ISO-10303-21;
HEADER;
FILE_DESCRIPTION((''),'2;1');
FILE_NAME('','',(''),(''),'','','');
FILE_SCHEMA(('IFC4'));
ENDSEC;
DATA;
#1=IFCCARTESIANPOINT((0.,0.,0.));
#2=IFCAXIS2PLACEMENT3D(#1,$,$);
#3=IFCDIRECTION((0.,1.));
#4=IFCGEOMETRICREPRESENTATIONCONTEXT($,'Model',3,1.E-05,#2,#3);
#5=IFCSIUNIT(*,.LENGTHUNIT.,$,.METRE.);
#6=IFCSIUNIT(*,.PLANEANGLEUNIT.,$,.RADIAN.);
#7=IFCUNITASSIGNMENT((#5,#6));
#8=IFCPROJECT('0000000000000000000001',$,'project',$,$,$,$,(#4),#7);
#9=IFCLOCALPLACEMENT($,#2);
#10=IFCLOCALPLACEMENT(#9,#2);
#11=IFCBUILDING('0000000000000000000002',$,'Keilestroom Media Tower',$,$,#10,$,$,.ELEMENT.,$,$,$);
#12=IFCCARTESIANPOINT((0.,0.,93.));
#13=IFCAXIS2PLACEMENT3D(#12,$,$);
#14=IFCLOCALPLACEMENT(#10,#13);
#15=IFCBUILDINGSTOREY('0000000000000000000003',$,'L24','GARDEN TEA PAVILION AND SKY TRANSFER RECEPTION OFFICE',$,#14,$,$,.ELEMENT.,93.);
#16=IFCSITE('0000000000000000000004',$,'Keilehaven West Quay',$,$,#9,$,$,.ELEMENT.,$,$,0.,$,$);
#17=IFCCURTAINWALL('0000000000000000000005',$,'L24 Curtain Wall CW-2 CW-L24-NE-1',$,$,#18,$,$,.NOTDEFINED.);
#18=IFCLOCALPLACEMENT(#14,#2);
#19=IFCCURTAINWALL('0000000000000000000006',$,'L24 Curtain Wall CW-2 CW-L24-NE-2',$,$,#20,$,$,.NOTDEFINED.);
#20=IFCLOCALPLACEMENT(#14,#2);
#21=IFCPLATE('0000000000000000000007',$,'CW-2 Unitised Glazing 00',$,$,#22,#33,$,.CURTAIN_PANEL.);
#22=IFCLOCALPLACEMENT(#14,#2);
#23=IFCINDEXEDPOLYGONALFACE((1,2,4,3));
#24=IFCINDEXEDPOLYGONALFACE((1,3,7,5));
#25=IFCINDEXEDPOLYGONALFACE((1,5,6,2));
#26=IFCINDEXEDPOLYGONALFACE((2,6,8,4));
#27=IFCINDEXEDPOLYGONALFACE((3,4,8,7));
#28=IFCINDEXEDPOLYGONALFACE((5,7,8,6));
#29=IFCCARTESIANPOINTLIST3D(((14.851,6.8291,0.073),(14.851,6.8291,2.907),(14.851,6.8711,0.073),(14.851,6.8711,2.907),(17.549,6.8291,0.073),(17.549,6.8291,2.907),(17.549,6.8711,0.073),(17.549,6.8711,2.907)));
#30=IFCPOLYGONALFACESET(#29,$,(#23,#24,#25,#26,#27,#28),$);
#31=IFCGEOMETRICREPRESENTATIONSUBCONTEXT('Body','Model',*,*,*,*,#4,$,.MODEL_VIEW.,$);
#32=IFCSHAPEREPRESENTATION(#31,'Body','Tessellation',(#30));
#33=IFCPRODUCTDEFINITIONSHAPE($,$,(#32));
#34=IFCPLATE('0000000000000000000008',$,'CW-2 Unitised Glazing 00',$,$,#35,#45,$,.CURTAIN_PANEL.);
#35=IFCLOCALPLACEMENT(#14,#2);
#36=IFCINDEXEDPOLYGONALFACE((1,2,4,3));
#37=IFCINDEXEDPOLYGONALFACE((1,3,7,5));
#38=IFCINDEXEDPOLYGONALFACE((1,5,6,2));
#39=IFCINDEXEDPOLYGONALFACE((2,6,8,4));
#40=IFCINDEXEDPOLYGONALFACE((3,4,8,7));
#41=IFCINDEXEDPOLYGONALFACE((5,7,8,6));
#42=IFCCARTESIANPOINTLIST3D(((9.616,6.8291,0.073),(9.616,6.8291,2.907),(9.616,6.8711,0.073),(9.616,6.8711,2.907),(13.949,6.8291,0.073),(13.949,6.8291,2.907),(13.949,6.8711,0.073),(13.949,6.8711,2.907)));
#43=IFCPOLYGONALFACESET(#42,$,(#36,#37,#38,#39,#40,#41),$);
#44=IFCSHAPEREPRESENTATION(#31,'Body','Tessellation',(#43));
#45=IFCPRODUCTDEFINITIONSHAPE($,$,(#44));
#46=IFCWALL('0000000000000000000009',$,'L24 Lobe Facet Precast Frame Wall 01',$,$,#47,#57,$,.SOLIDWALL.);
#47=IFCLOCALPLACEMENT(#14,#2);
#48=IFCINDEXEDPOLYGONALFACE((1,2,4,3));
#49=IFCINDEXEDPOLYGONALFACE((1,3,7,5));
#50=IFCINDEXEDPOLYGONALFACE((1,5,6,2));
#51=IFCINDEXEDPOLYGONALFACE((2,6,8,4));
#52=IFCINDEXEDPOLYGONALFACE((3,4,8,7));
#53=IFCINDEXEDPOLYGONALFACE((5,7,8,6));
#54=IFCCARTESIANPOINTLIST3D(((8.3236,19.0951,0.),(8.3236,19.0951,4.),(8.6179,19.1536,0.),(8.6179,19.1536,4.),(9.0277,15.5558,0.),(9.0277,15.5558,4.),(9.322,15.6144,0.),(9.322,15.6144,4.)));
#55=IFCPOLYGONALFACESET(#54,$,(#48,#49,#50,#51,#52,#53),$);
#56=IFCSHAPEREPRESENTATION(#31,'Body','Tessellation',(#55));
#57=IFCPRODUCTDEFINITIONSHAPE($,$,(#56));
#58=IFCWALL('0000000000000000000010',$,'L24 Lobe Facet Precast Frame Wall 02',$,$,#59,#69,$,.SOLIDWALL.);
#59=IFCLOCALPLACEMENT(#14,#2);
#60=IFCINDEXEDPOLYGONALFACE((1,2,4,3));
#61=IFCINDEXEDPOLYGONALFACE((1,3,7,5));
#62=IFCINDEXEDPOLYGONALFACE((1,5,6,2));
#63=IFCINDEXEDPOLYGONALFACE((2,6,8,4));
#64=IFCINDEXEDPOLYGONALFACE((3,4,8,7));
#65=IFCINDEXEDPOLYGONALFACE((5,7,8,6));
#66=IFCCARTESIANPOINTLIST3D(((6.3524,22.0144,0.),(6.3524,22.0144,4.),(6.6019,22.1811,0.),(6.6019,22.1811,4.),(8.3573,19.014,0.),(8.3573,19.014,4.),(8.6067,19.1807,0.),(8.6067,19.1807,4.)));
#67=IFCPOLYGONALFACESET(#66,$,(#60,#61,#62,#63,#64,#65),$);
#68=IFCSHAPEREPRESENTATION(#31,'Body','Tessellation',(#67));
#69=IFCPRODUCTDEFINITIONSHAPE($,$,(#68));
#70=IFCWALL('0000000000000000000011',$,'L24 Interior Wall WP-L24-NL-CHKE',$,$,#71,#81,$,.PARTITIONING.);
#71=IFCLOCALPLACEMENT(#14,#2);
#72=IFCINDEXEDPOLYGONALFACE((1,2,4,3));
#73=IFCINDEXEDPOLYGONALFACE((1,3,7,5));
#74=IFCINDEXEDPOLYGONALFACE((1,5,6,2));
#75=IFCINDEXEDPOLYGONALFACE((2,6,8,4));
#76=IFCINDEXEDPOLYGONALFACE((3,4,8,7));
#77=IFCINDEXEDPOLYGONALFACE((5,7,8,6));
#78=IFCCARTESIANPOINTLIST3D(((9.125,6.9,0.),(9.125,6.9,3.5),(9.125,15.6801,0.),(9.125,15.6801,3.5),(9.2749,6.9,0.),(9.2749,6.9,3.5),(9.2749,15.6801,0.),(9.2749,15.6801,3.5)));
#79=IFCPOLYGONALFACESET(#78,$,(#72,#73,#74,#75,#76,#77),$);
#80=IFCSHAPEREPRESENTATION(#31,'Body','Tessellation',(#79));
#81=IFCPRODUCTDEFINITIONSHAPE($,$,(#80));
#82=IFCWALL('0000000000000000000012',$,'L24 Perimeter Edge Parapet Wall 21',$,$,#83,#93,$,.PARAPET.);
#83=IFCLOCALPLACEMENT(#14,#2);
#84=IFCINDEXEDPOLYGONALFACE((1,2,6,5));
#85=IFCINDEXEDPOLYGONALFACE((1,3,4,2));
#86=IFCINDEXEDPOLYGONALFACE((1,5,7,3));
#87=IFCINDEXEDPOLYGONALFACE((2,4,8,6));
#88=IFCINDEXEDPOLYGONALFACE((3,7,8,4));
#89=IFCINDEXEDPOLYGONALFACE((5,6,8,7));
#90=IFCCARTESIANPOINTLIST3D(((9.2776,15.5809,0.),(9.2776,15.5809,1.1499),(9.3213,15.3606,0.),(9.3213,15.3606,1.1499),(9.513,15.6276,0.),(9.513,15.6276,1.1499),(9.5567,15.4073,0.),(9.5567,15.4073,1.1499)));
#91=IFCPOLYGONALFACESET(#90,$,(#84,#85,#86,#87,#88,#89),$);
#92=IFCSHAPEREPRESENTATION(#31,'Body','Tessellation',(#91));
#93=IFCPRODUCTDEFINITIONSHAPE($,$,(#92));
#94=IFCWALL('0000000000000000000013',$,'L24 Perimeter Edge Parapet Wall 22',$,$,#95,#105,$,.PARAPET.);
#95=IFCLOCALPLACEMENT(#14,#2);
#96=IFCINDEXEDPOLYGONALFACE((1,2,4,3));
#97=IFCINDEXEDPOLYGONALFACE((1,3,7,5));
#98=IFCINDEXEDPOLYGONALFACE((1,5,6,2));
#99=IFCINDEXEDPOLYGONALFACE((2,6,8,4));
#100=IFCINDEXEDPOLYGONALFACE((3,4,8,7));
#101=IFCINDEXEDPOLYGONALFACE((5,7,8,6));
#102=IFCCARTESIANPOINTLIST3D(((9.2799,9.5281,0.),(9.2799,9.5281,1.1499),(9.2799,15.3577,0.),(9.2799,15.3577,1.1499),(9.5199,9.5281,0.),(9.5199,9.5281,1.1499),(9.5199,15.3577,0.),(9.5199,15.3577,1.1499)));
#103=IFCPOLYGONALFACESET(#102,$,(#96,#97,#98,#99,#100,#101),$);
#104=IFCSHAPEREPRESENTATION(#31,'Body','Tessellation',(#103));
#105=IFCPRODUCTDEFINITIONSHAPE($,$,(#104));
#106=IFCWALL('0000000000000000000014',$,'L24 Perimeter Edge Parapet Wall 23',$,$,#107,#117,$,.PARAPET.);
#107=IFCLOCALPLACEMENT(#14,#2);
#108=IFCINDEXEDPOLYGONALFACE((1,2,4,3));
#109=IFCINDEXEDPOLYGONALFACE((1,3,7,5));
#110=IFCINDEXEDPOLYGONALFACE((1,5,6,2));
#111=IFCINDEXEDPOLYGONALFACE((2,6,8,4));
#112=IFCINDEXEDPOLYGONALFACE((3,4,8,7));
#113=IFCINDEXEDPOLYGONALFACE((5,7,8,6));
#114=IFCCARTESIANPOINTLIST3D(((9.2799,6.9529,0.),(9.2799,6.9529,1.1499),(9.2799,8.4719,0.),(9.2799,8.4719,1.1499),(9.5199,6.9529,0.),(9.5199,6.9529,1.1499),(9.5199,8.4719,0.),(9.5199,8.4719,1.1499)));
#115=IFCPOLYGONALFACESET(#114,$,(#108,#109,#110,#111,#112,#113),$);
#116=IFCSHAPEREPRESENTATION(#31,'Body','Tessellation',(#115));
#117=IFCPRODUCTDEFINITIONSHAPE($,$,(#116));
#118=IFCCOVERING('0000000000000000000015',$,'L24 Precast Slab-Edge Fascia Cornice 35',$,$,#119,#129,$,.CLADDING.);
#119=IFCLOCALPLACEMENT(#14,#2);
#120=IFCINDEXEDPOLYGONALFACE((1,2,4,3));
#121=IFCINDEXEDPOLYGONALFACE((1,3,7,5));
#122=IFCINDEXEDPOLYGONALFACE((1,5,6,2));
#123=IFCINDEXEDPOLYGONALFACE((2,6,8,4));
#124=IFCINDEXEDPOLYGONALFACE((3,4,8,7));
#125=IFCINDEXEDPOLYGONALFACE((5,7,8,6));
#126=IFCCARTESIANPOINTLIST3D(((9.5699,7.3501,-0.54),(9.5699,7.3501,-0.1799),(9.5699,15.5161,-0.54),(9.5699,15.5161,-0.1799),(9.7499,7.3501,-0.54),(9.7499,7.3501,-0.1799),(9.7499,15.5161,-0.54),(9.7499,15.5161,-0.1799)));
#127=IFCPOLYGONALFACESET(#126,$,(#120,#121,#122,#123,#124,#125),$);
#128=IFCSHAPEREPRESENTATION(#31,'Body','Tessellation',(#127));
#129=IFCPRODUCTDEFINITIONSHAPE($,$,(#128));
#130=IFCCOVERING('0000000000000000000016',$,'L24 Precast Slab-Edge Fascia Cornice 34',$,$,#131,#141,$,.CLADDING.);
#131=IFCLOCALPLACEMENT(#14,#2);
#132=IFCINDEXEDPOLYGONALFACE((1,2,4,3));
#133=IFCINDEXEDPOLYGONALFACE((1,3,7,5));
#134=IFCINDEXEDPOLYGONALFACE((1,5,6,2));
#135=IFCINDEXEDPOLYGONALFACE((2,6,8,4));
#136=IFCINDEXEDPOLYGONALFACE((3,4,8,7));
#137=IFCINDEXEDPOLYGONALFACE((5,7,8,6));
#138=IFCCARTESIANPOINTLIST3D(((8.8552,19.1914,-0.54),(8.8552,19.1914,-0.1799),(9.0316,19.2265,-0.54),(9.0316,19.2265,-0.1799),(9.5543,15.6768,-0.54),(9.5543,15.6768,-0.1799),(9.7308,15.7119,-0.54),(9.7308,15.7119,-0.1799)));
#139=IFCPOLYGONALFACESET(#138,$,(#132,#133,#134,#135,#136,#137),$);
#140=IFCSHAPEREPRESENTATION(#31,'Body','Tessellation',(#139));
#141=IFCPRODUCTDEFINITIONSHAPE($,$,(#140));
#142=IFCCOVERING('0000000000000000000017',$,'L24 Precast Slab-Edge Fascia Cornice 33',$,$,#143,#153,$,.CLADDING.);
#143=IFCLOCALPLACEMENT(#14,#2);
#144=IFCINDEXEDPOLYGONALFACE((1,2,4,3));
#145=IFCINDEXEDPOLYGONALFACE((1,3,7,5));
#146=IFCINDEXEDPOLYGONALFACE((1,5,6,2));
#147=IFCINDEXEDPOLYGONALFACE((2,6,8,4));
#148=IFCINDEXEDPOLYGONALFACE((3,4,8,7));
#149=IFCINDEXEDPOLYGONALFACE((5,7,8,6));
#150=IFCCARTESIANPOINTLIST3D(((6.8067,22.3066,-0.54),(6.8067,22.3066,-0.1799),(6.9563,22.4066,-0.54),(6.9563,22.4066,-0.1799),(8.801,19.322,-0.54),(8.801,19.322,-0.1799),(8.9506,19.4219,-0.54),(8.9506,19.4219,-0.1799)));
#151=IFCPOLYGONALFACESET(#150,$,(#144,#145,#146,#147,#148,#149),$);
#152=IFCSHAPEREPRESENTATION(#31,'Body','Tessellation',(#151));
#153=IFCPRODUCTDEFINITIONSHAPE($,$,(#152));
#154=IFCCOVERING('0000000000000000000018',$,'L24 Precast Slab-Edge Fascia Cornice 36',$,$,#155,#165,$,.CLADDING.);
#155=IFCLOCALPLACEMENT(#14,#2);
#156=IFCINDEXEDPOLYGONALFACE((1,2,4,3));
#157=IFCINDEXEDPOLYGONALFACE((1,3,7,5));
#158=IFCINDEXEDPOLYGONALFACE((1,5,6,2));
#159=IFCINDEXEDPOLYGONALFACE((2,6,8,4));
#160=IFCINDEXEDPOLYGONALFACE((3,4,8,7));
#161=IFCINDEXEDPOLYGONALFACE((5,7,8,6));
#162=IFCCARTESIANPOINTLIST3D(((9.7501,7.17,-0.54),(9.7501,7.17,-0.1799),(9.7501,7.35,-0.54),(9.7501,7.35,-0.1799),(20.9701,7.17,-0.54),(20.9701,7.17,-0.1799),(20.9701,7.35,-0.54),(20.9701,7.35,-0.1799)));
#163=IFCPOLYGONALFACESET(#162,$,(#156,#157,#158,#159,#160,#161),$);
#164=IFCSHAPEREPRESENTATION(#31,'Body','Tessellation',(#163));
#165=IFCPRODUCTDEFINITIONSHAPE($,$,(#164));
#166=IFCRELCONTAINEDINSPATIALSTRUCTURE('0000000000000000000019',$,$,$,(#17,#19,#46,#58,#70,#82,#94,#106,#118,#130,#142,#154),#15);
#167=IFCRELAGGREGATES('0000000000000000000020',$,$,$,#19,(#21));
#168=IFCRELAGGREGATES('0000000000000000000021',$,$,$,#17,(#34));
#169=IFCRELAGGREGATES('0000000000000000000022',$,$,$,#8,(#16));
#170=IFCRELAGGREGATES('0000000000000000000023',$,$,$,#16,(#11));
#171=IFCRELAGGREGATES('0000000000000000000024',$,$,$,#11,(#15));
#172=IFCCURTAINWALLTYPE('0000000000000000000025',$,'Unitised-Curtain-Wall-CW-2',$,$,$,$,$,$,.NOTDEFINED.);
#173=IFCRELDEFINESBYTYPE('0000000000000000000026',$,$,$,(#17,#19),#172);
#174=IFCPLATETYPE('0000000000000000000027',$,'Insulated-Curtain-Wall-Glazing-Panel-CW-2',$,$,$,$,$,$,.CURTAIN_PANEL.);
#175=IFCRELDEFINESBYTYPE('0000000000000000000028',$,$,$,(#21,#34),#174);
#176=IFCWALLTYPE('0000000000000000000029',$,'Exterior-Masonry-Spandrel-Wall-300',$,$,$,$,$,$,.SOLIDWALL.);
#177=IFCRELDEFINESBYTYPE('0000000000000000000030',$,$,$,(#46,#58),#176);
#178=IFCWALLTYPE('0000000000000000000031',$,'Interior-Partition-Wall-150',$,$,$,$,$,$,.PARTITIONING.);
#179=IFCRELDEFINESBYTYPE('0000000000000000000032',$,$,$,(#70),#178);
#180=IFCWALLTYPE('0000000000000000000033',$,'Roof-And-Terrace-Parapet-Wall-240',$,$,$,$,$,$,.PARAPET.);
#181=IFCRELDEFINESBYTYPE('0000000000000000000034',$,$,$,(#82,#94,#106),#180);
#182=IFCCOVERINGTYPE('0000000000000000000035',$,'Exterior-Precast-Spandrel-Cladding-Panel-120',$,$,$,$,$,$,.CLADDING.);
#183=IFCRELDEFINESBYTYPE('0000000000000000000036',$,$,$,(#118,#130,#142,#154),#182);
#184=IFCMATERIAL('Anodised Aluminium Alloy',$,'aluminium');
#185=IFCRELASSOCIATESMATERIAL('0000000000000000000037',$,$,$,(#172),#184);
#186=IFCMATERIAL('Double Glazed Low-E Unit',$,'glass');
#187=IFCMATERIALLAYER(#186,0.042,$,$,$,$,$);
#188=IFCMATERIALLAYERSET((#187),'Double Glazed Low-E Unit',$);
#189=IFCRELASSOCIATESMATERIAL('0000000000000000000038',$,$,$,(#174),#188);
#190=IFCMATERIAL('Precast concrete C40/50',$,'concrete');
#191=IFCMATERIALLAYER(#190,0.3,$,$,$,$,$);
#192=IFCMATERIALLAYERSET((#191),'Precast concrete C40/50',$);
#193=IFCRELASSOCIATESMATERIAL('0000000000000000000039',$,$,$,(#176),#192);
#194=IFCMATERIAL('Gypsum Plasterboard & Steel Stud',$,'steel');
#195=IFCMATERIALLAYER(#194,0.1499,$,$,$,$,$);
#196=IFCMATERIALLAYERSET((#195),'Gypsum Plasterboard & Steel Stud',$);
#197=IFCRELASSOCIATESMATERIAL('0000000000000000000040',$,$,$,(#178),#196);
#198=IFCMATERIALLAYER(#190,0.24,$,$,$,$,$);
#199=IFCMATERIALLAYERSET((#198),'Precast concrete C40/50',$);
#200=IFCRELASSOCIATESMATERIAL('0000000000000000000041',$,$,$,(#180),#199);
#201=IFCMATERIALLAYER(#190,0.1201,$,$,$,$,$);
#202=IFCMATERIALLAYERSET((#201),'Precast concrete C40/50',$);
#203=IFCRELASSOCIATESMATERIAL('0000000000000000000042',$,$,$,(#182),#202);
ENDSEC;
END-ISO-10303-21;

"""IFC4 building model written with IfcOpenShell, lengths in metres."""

from ifc_helpers import new_model, si_unit, direction, frame, frame_2d, origin, origin_2d, place, context, subcontext, project, spatial, rectangle, extrude, source, transform, mapped, material, layer, layer_set, type_object, element, aggregate, save


model = new_model("IFC4")

# Units and contexts
model_context = context("Model", 3, precision=1e-05, world=origin(), true_north=direction((0.0, 1.0)))
body_context = subcontext(model_context, "Body", "Model", "MODEL_VIEW")
ifc_project = project(units=[si_unit("LENGTHUNIT", "METRE"), si_unit("PLANEANGLEUNIT", "RADIAN")], contexts=[model_context])

# Site, building, storey
site_placement = place(None, origin())
site = spatial("IfcSite", under=ifc_project, at=site_placement, Name="Keilehaven West Quay", CompositionType="ELEMENT", RefElevation=0.0)
building_placement = place(site_placement, origin())
building = spatial("IfcBuilding", under=site, at=building_placement, Name="Keilestroom Media Tower", CompositionType="ELEMENT")
storey_placement = place(building_placement, frame((0.0, 0.0, 93.0)))
storey = spatial("IfcBuildingStorey", under=building, at=storey_placement, Name="L24", Description="GARDEN TEA PAVILION AND SKY TRANSFER RECEPTION OFFICE", CompositionType="ELEMENT", Elevation=93.0)

# Shared definitions
ifc_material_1 = material(Name="Precast concrete C40/50", Category="concrete")

# Curtain wall
ifc_material_2 = material(Name="Anodised Aluminium Alloy", Category="aluminium")
curtain_wall_type = type_object("IfcCurtainWallType", Name="Unitised-Curtain-Wall-CW-2", PredefinedType="NOTDEFINED", material=ifc_material_2)
curtain_wall_1_placement = place(storey_placement, origin())
curtain_wall_1 = element("IfcCurtainWall", 1, at=curtain_wall_1_placement, inside=storey, type_object=curtain_wall_type, Name="L24 Curtain Wall CW-2 CW-L24-NE-1", PredefinedType="NOTDEFINED")

# Curtain wall
curtain_wall_2_placement = place(storey_placement, origin())
curtain_wall_2 = element("IfcCurtainWall", 2, at=curtain_wall_2_placement, inside=storey, type_object=curtain_wall_type, Name="L24 Curtain Wall CW-2 CW-L24-NE-2", PredefinedType="NOTDEFINED")

# Plates
ifc_material_3 = material(Name="Double Glazed Low-E Unit", Category="glass")
ifc_layer_1 = layer(ifc_material_3, 0.042)
ifc_layer_set_1 = layer_set([ifc_layer_1], Name="Double Glazed Low-E Unit")
plate_type = type_object("IfcPlateType", Name="Insulated-Curtain-Wall-Glazing-Panel-CW-2", PredefinedType="CURTAIN_PANEL", material=ifc_layer_set_1)
shared_shape_1 = source(origin(), body_context, "Body", "SweptSolid", [
    extrude(rectangle(XDim=2.698, YDim=0.042, at=origin_2d()), origin(), (0.0, 0.0, 1.0), 2.834),
])
plate_1_placement = place(storey_placement, frame((16.2, 6.8501, 0.073), z_axis=(0.0, 0.0, 1.0), x_axis=(1.0, 0.0, 0.0)))
plate_1 = element("IfcPlate", 3, at=plate_1_placement, type_object=plate_type, Name="CW-2 Unitised Glazing 00", PredefinedType="CURTAIN_PANEL", context=body_context, shape_type="MappedRepresentation", body=[
    mapped(shared_shape_1, transform((0.0, 0.0, 0.0), x_axis=(1.0, 0.0, 0.0), y_axis=(0.0, 1.0, 0.0), z_axis=(0.0, 0.0, 1.0), scale=1.0)),
])
aggregate(curtain_wall_2, [plate_1])
shared_shape_2 = source(origin(), body_context, "Body", "SweptSolid", [
    extrude(rectangle(XDim=4.333, YDim=0.042, at=origin_2d()), origin(), (0.0, 0.0, 1.0), 2.834),
])
plate_2_placement = place(storey_placement, frame((11.7825, 6.8501, 0.073), z_axis=(0.0, 0.0, 1.0), x_axis=(1.0, 0.0, 0.0)))
plate_2 = element("IfcPlate", 4, at=plate_2_placement, type_object=plate_type, Name="CW-2 Unitised Glazing 00", PredefinedType="CURTAIN_PANEL", context=body_context, shape_type="MappedRepresentation", body=[
    mapped(shared_shape_2, transform((0.0, 0.0, 0.0), x_axis=(1.0, 0.0, 0.0), y_axis=(0.0, 1.0, 0.0), z_axis=(0.0, 0.0, 1.0), scale=1.0)),
])
aggregate(curtain_wall_1, [plate_2])

# Walls
ifc_layer_2 = layer(ifc_material_1, 0.3)
ifc_layer_set_2 = layer_set([ifc_layer_2], Name="Precast concrete C40/50")
wall_type_1 = type_object("IfcWallType", Name="Exterior-Masonry-Spandrel-Wall-300", PredefinedType="SOLIDWALL", material=ifc_layer_set_2)
for number, where, z_axis, x_axis, name in (
    (5, (9.1748, 15.5852, 0.0), (0.0, 0.0, 1.0), (-0.195114, 0.980781, 0.0), "L24 Lobe Facet Precast Frame Wall 01"),
    (6, (8.4819, 19.0974, 0.0), (0.0, 0.0, 1.0), (-0.555574, 0.831467, 0.0), "L24 Lobe Facet Precast Frame Wall 02"),
):
    element("IfcWall", number, at=place(storey_placement, frame(where, z_axis=z_axis, x_axis=x_axis)), inside=storey, type_object=wall_type_1, Name=name, PredefinedType="SOLIDWALL", context=body_context, shape_type="SweptSolid", body=[
        extrude(rectangle(XDim=3.6086, YDim=0.3, at=frame_2d((1.8042, 0.0))), origin(), (0.0, 0.0, 1.0), 4.0),
    ])
ifc_material_4 = material(Name="Gypsum Plasterboard & Steel Stud", Category="steel")
ifc_layer_3 = layer(ifc_material_4, 0.1499)
ifc_layer_set_3 = layer_set([ifc_layer_3], Name="Gypsum Plasterboard & Steel Stud")
wall_type_2 = type_object("IfcWallType", Name="Interior-Partition-Wall-150", PredefinedType="PARTITIONING", material=ifc_layer_set_3)
wall_1_placement = place(storey_placement, frame((9.2, 6.8999, 0.0), z_axis=(0.0, 0.0, 1.0), x_axis=(0.0, 1.0, 0.0)))
element("IfcWall", 7, at=wall_1_placement, inside=storey, type_object=wall_type_2, Name="L24 Interior Wall WP-L24-NL-CHKE", PredefinedType="PARTITIONING", context=body_context, shape_type="SweptSolid", body=[
    extrude(rectangle(XDim=8.78, YDim=0.1499, at=frame_2d((4.3901, 0.0))), origin(), (0.0, 0.0, 1.0), 3.5),
])
ifc_layer_4 = layer(ifc_material_1, 0.24)
ifc_layer_set_4 = layer_set([ifc_layer_4], Name="Precast concrete C40/50")
wall_type_3 = type_object("IfcWallType", Name="Roof-And-Terrace-Parapet-Wall-240", PredefinedType="PARAPET", material=ifc_layer_set_4)
wall_2_placement = place(storey_placement, frame((9.3953, 15.6042, 0.0), z_axis=(0.0, 0.0, 1.0), x_axis=(0.194652, -0.980872, 0.0)))
element("IfcWall", 8, at=wall_2_placement, inside=storey, type_object=wall_type_3, Name="L24 Perimeter Edge Parapet Wall 21", PredefinedType="PARAPET", context=body_context, shape_type="SweptSolid", body=[
    extrude(rectangle(XDim=0.2246, YDim=0.24, at=frame_2d((0.1123, 0.0))), origin(), (0.0, 0.0, 1.0), 1.1499),
])
wall_3_placement = place(storey_placement, frame((9.3999, 15.3577, 0.0), z_axis=(0.0, 0.0, 1.0), x_axis=(0.0, -1.0, 0.0)))
element("IfcWall", 9, at=wall_3_placement, inside=storey, type_object=wall_type_3, Name="L24 Perimeter Edge Parapet Wall 22", PredefinedType="PARAPET", context=body_context, shape_type="SweptSolid", body=[
    extrude(rectangle(XDim=5.8296, YDim=0.24, at=frame_2d((2.9148, 0.0))), origin(), (0.0, 0.0, 1.0), 1.1499),
])
wall_4_placement = place(storey_placement, frame((9.3999, 8.4719, 0.0), z_axis=(0.0, 0.0, 1.0), x_axis=(0.0, -1.0, 0.0)))
element("IfcWall", 10, at=wall_4_placement, inside=storey, type_object=wall_type_3, Name="L24 Perimeter Edge Parapet Wall 23", PredefinedType="PARAPET", context=body_context, shape_type="SweptSolid", body=[
    extrude(rectangle(XDim=1.519, YDim=0.24, at=frame_2d((0.7595, 0.0))), origin(), (0.0, 0.0, 1.0), 1.1499),
])

# Coverings
ifc_layer_5 = layer(ifc_material_1, 0.1201)
ifc_layer_set_5 = layer_set([ifc_layer_5], Name="Precast concrete C40/50")
covering_type = type_object("IfcCoveringType", Name="Exterior-Precast-Spandrel-Cladding-Panel-120", PredefinedType="CLADDING", material=ifc_layer_set_5)
shared_shape_3 = source(origin(), body_context, "Body", "SweptSolid", [
    extrude(rectangle(XDim=8.166, YDim=0.1799, at=origin_2d()), origin(), (0.0, 0.0, 1.0), 0.3601),
])
covering_1_placement = place(storey_placement, frame((9.6599, 11.4331, -0.54), z_axis=(0.0, 0.0, 1.0), x_axis=(0.0, -1.0, 0.0)))
element("IfcCovering", 11, at=covering_1_placement, inside=storey, type_object=covering_type, Name="L24 Precast Slab-Edge Fascia Cornice 35", PredefinedType="CLADDING", context=body_context, shape_type="MappedRepresentation", body=[
    mapped(shared_shape_3, transform((0.0, 0.0, 0.0), x_axis=(1.0, 0.0, 0.0), y_axis=(0.0, 1.0, 0.0), z_axis=(0.0, 0.0, 1.0), scale=1.0)),
])
shared_shape_4 = source(origin(), body_context, "Body", "SweptSolid", [
    extrude(rectangle(XDim=3.5835, YDim=0.1799, at=origin_2d()), origin(), (0.0, 0.0, 1.0), 0.3601),
])
covering_2_placement = place(storey_placement, frame((9.293, 17.4517, -0.54), z_axis=(0.0, 0.0, 1.0), x_axis=(0.195099, -0.980784, 0.0)))
element("IfcCovering", 12, at=covering_2_placement, inside=storey, type_object=covering_type, Name="L24 Precast Slab-Edge Fascia Cornice 34", PredefinedType="CLADDING", context=body_context, shape_type="MappedRepresentation", body=[
    mapped(shared_shape_4, transform((0.0, 0.0, 0.0), x_axis=(1.0, 0.0, 0.0), y_axis=(0.0, 1.0, 0.0), z_axis=(0.0, 0.0, 1.0), scale=1.0)),
])
shared_shape_5 = source(origin(), body_context, "Body", "SweptSolid", [
    extrude(rectangle(XDim=3.5896, YDim=0.1799, at=origin_2d()), origin(), (0.0, 0.0, 1.0), 0.3601),
])
covering_3_placement = place(storey_placement, frame((7.8787, 20.8643, -0.54), z_axis=(0.0, 0.0, 1.0), x_axis=(0.555575, -0.831467, 0.0)))
element("IfcCovering", 13, at=covering_3_placement, inside=storey, type_object=covering_type, Name="L24 Precast Slab-Edge Fascia Cornice 33", PredefinedType="CLADDING", context=body_context, shape_type="MappedRepresentation", body=[
    mapped(shared_shape_5, transform((0.0, 0.0, 0.0), x_axis=(1.0, 0.0, 0.0), y_axis=(0.0, 1.0, 0.0), z_axis=(0.0, 0.0, 1.0), scale=1.0)),
])
shared_shape_6 = source(origin(), body_context, "Body", "SweptSolid", [
    extrude(rectangle(XDim=11.22, YDim=0.1799, at=origin_2d()), origin(), (0.0, 0.0, 1.0), 0.3601),
])
covering_4_placement = place(storey_placement, frame((15.3601, 7.26, -0.54), z_axis=(0.0, 0.0, 1.0), x_axis=(1.0, 0.0, 0.0)))
element("IfcCovering", 14, at=covering_4_placement, inside=storey, type_object=covering_type, Name="L24 Precast Slab-Edge Fascia Cornice 36", PredefinedType="CLADDING", context=body_context, shape_type="MappedRepresentation", body=[
    mapped(shared_shape_6, transform((0.0, 0.0, 0.0), x_axis=(1.0, 0.0, 0.0), y_axis=(0.0, 1.0, 0.0), z_axis=(0.0, 0.0, 1.0), scale=1.0)),
])

save(model, "model.ifc")
